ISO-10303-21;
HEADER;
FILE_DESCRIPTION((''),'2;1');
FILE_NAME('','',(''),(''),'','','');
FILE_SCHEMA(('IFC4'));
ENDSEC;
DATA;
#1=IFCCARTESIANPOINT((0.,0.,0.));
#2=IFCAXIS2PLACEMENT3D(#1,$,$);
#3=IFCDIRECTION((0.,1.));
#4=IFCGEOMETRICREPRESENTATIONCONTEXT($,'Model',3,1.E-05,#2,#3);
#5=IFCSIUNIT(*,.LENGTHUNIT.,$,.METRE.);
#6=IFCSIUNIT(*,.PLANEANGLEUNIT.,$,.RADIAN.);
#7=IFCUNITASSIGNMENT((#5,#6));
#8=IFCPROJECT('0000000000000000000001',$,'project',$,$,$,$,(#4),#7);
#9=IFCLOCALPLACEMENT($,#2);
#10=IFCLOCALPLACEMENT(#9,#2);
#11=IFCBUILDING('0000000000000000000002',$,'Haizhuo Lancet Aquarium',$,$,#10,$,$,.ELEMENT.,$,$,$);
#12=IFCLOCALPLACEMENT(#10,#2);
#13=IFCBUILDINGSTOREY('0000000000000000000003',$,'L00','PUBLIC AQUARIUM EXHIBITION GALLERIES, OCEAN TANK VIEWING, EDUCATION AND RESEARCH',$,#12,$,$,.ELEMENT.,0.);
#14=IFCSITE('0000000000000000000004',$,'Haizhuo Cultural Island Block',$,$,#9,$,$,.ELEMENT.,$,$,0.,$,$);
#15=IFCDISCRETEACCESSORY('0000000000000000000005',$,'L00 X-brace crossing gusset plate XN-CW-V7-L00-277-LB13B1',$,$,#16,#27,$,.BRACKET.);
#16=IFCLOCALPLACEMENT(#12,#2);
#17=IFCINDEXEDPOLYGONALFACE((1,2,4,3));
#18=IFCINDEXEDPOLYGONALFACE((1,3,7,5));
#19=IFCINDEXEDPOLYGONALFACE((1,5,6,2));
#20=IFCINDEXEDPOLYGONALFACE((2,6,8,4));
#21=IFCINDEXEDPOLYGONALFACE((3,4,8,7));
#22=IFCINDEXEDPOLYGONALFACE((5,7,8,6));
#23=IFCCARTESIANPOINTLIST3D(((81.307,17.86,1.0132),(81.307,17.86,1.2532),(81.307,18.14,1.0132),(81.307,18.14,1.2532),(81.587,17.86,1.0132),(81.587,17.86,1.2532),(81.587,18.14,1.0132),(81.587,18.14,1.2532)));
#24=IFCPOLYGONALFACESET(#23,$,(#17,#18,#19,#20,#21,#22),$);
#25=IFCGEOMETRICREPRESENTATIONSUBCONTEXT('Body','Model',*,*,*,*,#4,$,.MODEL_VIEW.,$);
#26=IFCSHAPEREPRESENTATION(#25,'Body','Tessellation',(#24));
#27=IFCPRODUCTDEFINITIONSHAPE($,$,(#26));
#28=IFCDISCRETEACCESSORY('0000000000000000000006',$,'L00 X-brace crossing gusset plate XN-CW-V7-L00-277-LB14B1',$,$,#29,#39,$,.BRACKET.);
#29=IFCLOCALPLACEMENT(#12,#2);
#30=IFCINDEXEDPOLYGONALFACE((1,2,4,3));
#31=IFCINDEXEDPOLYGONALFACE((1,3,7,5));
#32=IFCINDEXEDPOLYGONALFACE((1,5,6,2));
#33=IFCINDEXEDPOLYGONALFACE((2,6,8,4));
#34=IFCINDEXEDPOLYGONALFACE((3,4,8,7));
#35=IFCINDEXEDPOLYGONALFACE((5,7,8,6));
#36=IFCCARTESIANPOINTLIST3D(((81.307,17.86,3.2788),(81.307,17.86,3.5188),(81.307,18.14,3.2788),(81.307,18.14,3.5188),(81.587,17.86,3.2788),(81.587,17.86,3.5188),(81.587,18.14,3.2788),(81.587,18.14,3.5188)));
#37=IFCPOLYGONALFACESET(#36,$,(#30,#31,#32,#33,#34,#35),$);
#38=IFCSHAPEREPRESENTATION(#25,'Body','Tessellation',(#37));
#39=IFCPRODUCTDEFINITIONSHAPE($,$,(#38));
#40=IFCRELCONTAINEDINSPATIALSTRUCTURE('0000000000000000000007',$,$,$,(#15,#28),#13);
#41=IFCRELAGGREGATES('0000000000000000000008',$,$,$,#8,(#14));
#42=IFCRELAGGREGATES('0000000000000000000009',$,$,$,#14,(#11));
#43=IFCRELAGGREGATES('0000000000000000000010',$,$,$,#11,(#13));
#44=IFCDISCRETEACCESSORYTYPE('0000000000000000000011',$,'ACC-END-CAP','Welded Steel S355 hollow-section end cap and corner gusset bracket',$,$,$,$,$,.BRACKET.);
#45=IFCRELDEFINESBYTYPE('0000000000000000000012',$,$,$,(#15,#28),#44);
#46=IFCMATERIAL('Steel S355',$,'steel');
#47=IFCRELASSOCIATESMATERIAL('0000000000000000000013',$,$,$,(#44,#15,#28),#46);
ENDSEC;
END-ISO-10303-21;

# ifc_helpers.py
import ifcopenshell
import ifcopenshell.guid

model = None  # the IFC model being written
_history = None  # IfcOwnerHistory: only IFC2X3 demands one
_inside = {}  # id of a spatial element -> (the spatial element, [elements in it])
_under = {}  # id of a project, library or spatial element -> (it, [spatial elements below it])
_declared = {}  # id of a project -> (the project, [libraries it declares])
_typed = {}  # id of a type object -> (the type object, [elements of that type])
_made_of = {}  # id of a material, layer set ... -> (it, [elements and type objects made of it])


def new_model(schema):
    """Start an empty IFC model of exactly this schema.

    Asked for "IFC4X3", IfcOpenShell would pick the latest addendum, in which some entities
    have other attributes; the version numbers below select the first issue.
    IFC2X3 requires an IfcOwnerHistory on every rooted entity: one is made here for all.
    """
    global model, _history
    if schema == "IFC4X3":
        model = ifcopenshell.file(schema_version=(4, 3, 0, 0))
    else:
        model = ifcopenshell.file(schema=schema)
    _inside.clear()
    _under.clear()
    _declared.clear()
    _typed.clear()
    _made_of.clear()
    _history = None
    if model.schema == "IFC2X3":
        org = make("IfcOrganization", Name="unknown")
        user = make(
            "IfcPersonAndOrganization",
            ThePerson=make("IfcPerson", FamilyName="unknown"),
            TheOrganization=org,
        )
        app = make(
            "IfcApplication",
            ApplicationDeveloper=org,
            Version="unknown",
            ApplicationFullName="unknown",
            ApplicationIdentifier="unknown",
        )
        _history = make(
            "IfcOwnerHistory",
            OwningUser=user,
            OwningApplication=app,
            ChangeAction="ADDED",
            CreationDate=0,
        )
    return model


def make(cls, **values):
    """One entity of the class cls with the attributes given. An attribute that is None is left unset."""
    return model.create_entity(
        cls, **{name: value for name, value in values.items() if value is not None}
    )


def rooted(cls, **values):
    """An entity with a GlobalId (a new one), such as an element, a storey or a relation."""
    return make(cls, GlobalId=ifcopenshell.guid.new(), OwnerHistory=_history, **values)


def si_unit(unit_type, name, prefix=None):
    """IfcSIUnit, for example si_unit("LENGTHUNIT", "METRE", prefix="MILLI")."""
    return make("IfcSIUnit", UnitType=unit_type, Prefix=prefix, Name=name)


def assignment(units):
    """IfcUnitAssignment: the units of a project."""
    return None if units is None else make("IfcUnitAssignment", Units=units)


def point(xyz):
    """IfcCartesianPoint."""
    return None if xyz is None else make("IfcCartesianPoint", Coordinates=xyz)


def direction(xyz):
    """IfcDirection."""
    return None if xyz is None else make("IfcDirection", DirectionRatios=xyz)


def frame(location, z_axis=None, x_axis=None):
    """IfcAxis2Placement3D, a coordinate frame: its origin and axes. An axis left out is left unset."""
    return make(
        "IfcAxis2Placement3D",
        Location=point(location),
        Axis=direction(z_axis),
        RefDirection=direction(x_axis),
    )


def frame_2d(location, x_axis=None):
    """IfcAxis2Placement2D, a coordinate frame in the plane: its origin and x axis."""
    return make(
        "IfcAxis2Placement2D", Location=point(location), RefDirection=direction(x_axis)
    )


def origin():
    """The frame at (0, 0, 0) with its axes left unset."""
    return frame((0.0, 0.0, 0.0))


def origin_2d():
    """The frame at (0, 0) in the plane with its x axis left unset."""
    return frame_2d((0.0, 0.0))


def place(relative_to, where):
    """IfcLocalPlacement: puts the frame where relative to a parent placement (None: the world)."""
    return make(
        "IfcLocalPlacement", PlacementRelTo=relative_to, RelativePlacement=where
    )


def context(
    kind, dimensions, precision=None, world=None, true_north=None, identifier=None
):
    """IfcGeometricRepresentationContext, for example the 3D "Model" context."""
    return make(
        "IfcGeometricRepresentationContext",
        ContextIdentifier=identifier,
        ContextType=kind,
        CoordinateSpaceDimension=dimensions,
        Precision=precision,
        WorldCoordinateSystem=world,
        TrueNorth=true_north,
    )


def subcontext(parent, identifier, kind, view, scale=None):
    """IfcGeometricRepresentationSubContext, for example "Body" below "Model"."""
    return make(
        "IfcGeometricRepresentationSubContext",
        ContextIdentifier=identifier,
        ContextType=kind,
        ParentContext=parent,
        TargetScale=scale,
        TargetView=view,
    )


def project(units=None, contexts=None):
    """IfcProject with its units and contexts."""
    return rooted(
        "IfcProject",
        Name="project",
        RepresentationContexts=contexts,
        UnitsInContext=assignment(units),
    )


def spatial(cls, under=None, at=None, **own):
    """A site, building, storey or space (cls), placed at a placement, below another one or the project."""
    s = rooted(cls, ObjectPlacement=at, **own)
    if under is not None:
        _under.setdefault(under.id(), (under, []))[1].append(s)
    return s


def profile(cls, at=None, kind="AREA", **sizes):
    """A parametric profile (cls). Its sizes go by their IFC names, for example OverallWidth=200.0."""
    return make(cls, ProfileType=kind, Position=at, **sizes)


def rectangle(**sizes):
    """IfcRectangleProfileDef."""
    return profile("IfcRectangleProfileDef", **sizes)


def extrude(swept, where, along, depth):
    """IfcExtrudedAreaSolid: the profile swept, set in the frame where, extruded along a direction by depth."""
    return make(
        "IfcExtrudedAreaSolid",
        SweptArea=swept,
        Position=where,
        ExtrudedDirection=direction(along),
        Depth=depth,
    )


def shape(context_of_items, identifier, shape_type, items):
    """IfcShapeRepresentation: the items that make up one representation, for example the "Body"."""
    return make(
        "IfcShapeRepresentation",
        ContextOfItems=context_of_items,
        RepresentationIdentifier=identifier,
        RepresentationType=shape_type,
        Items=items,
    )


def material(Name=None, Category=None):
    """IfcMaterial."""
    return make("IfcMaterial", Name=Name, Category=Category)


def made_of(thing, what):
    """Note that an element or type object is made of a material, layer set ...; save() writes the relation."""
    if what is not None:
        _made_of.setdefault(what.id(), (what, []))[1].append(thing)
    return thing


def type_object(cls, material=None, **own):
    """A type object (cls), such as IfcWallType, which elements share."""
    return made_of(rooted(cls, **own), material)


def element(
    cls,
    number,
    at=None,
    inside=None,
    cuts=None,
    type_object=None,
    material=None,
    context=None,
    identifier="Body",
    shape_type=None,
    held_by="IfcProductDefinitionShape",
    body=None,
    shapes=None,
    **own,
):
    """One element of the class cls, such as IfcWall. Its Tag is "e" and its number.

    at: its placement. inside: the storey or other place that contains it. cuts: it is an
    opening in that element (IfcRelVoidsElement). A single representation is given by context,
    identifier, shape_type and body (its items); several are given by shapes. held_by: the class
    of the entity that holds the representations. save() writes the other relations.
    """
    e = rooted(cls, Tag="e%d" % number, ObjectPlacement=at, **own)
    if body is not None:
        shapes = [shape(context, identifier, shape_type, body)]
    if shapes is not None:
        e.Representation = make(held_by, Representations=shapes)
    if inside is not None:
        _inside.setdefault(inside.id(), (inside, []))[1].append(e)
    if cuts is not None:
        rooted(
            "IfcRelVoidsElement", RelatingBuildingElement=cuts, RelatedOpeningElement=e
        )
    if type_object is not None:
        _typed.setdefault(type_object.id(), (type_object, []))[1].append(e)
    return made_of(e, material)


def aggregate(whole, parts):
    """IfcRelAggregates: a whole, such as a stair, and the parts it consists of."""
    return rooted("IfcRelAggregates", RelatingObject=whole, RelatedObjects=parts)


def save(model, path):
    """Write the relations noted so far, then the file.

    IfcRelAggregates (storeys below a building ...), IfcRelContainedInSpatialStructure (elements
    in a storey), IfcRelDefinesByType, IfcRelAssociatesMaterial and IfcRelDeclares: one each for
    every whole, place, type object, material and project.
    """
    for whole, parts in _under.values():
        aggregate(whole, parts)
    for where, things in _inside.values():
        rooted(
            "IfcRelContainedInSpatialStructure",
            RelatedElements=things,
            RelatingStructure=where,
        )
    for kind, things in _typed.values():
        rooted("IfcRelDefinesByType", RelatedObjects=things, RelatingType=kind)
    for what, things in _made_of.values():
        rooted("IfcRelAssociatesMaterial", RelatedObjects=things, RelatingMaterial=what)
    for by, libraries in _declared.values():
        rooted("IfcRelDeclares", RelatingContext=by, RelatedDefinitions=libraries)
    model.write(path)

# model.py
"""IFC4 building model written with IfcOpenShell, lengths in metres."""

from ifc_helpers import new_model, si_unit, direction, frame, origin, origin_2d, place, context, subcontext, project, spatial, rectangle, extrude, material, type_object, element, save


model = new_model("IFC4")

# Units and contexts
model_context = context("Model", 3, precision=1e-05, world=origin(), true_north=direction((0.0, 1.0)))
body_context = subcontext(model_context, "Body", "Model", "MODEL_VIEW")
ifc_project = project(units=[si_unit("LENGTHUNIT", "METRE"), si_unit("PLANEANGLEUNIT", "RADIAN")], contexts=[model_context])

# Site, building, storey
site_placement = place(None, origin())
site = spatial("IfcSite", under=ifc_project, at=site_placement, Name="Haizhuo Cultural Island Block", CompositionType="ELEMENT", RefElevation=0.0)
building_placement = place(site_placement, origin())
building = spatial("IfcBuilding", under=site, at=building_placement, Name="Haizhuo Lancet Aquarium", CompositionType="ELEMENT")
storey_placement = place(building_placement, origin())
storey = spatial("IfcBuildingStorey", under=building, at=storey_placement, Name="L00", Description="PUBLIC AQUARIUM EXHIBITION GALLERIES, OCEAN TANK VIEWING, EDUCATION AND RESEARCH", CompositionType="ELEMENT", Elevation=0.0)

# Shared definitions
ifc_material_1 = material(Name="Steel S355", Category="steel")

# Discrete accessories
discrete_accessory_type = type_object("IfcDiscreteAccessoryType", Name="ACC-END-CAP", Description="Welded Steel S355 hollow-section end cap and corner gusset bracket", PredefinedType="BRACKET", material=ifc_material_1)
for number, where, z_axis, x_axis, name in (
    (1, (81.447, 18.0, 1.0132), (0.0, 0.0, 1.0), (1.0, 0.0, 0.0), "L00 X-brace crossing gusset plate XN-CW-V7-L00-277-LB13B1"),
    (2, (81.447, 18.0, 3.2788), (0.0, 0.0, 1.0), (1.0, 0.0, 0.0), "L00 X-brace crossing gusset plate XN-CW-V7-L00-277-LB14B1"),
):
    element("IfcDiscreteAccessory", number, at=place(storey_placement, frame(where, z_axis=z_axis, x_axis=x_axis)), inside=storey, type_object=discrete_accessory_type, material=ifc_material_1, Name=name, PredefinedType="BRACKET", context=body_context, shape_type="SweptSolid", body=[
        extrude(rectangle(XDim=0.28, YDim=0.28, at=origin_2d()), origin(), (0.0, 0.0, 1.0), 0.24),
    ])

save(model, "model.ifc")
